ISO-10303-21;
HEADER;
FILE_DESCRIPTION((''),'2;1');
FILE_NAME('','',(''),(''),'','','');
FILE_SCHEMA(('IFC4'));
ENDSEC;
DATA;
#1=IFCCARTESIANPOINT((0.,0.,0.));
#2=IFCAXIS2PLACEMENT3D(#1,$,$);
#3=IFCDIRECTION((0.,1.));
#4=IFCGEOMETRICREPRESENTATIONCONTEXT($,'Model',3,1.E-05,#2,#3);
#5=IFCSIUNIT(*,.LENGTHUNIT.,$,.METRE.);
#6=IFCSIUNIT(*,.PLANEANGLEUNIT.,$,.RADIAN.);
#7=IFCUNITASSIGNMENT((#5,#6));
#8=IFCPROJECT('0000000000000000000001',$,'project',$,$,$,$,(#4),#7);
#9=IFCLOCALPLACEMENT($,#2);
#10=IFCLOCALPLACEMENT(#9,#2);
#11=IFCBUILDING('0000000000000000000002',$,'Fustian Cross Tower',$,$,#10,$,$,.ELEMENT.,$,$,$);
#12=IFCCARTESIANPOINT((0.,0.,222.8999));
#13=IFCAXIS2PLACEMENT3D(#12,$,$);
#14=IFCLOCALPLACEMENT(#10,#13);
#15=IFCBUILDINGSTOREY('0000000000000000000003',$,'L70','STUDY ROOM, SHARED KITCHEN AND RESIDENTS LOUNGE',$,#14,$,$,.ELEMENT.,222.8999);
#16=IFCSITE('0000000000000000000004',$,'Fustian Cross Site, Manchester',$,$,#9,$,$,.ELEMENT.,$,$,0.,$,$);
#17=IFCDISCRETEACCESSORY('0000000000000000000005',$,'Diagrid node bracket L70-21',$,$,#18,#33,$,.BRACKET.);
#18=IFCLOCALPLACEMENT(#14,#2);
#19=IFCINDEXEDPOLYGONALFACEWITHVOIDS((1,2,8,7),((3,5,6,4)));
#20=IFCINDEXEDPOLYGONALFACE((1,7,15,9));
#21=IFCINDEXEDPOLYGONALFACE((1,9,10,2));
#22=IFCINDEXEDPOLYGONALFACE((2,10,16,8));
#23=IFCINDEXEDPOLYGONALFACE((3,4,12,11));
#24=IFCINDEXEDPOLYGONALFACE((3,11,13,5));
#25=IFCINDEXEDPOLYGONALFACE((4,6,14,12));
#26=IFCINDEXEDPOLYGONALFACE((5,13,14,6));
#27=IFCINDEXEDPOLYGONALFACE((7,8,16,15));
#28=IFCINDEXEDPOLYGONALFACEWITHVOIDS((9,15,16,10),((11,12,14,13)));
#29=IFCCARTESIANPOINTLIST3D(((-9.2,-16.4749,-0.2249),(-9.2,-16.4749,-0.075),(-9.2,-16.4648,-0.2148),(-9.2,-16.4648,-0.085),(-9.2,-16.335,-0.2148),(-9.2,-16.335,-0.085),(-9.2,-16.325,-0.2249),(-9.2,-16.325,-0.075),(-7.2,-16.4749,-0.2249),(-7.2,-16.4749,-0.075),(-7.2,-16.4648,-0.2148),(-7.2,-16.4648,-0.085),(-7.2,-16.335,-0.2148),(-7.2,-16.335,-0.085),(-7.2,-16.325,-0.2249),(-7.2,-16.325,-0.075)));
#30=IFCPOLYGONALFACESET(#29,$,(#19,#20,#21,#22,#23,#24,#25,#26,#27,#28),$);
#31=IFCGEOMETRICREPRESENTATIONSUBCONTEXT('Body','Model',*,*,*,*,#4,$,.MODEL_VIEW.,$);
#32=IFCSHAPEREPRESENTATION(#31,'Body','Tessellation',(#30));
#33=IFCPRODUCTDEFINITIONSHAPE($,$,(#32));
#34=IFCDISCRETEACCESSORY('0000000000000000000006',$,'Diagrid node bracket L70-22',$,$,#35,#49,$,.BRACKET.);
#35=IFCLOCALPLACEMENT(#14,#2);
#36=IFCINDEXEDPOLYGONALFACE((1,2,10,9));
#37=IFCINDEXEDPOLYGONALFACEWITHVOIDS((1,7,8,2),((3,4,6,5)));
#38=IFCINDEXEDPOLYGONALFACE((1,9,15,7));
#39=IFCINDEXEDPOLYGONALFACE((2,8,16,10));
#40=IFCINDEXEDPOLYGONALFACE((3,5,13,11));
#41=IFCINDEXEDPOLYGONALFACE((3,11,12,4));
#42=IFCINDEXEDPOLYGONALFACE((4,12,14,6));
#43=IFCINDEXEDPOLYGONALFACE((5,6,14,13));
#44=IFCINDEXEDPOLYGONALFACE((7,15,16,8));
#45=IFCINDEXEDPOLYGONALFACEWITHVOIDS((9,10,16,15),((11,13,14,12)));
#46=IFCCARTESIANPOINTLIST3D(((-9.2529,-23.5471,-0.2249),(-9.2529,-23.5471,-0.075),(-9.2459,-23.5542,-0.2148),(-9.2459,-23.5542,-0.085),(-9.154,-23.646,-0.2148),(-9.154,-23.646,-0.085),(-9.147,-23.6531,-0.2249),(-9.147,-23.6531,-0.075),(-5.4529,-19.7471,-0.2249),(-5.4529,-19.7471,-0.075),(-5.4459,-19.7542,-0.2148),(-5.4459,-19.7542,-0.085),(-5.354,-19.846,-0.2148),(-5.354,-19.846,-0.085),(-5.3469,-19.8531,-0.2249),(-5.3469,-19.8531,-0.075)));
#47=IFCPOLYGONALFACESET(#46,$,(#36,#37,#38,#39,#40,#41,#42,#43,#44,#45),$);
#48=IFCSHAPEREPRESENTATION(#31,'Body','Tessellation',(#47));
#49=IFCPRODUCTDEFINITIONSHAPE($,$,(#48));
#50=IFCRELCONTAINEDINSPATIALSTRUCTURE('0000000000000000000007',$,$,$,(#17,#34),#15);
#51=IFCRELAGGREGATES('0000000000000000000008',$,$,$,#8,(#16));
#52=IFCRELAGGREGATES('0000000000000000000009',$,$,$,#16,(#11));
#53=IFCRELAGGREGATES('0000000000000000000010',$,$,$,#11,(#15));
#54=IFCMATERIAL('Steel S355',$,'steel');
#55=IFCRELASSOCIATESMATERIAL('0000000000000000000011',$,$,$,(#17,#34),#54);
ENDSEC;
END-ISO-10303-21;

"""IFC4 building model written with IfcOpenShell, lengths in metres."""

from ifc_helpers import new_model, si_unit, direction, frame, origin, origin_2d, place, context, subcontext, project, spatial, hollow_rectangle, extrude, material, element, save


model = new_model("IFC4")

# Units and contexts
model_context = context("Model", 3, precision=1e-05, world=origin(), true_north=direction((0.0, 1.0)))
body_context = subcontext(model_context, "Body", "Model", "MODEL_VIEW")
ifc_project = project(units=[si_unit("LENGTHUNIT", "METRE"), si_unit("PLANEANGLEUNIT", "RADIAN")], contexts=[model_context])

# Site, building, storey
site_placement = place(None, origin())
site = spatial("IfcSite", under=ifc_project, at=site_placement, Name="Fustian Cross Site, Manchester", CompositionType="ELEMENT", RefElevation=0.0)
building_placement = place(site_placement, origin())
building = spatial("IfcBuilding", under=site, at=building_placement, Name="Fustian Cross Tower", CompositionType="ELEMENT")
storey_placement = place(building_placement, frame((0.0, 0.0, 222.8999)))
storey = spatial("IfcBuildingStorey", under=building, at=storey_placement, Name="L70", Description="STUDY ROOM, SHARED KITCHEN AND RESIDENTS LOUNGE", CompositionType="ELEMENT", Elevation=222.8999)

# Discrete accessories
ifc_material_1 = material(Name="Steel S355", Category="steel")
for number, where, z_axis, x_axis, name in (
    (1, (-9.2, -16.3999, -0.1499), (1.0, 0.0, 0.0), (0.0, 1.0, 0.0), "Diagrid node bracket L70-21"),
):
    element("IfcDiscreteAccessory", number, at=place(storey_placement, frame(where, z_axis=z_axis, x_axis=x_axis)), inside=storey, material=ifc_material_1, Name=name, PredefinedType="BRACKET", context=body_context, shape_type="SweptSolid", body=[
        extrude(hollow_rectangle(XDim=0.1499, YDim=0.1499, WallThickness=0.01, at=origin_2d()), origin(), (0.0, 0.0, 1.0), 2.0),
    ])
discrete_accessory_placement = place(storey_placement, frame((-9.2, -23.6001, -0.1499), z_axis=(0.707107, 0.707107, 0.0), x_axis=(-0.707107, 0.707107, 0.0)))
element("IfcDiscreteAccessory", 2, at=discrete_accessory_placement, inside=storey, material=ifc_material_1, Name="Diagrid node bracket L70-22", PredefinedType="BRACKET", context=body_context, shape_type="SweptSolid", body=[
    extrude(hollow_rectangle(XDim=0.1499, YDim=0.1499, WallThickness=0.01, at=origin_2d()), origin(), (0.0, 0.0, 1.0), 5.374),
])

save(model, "model.ifc")
